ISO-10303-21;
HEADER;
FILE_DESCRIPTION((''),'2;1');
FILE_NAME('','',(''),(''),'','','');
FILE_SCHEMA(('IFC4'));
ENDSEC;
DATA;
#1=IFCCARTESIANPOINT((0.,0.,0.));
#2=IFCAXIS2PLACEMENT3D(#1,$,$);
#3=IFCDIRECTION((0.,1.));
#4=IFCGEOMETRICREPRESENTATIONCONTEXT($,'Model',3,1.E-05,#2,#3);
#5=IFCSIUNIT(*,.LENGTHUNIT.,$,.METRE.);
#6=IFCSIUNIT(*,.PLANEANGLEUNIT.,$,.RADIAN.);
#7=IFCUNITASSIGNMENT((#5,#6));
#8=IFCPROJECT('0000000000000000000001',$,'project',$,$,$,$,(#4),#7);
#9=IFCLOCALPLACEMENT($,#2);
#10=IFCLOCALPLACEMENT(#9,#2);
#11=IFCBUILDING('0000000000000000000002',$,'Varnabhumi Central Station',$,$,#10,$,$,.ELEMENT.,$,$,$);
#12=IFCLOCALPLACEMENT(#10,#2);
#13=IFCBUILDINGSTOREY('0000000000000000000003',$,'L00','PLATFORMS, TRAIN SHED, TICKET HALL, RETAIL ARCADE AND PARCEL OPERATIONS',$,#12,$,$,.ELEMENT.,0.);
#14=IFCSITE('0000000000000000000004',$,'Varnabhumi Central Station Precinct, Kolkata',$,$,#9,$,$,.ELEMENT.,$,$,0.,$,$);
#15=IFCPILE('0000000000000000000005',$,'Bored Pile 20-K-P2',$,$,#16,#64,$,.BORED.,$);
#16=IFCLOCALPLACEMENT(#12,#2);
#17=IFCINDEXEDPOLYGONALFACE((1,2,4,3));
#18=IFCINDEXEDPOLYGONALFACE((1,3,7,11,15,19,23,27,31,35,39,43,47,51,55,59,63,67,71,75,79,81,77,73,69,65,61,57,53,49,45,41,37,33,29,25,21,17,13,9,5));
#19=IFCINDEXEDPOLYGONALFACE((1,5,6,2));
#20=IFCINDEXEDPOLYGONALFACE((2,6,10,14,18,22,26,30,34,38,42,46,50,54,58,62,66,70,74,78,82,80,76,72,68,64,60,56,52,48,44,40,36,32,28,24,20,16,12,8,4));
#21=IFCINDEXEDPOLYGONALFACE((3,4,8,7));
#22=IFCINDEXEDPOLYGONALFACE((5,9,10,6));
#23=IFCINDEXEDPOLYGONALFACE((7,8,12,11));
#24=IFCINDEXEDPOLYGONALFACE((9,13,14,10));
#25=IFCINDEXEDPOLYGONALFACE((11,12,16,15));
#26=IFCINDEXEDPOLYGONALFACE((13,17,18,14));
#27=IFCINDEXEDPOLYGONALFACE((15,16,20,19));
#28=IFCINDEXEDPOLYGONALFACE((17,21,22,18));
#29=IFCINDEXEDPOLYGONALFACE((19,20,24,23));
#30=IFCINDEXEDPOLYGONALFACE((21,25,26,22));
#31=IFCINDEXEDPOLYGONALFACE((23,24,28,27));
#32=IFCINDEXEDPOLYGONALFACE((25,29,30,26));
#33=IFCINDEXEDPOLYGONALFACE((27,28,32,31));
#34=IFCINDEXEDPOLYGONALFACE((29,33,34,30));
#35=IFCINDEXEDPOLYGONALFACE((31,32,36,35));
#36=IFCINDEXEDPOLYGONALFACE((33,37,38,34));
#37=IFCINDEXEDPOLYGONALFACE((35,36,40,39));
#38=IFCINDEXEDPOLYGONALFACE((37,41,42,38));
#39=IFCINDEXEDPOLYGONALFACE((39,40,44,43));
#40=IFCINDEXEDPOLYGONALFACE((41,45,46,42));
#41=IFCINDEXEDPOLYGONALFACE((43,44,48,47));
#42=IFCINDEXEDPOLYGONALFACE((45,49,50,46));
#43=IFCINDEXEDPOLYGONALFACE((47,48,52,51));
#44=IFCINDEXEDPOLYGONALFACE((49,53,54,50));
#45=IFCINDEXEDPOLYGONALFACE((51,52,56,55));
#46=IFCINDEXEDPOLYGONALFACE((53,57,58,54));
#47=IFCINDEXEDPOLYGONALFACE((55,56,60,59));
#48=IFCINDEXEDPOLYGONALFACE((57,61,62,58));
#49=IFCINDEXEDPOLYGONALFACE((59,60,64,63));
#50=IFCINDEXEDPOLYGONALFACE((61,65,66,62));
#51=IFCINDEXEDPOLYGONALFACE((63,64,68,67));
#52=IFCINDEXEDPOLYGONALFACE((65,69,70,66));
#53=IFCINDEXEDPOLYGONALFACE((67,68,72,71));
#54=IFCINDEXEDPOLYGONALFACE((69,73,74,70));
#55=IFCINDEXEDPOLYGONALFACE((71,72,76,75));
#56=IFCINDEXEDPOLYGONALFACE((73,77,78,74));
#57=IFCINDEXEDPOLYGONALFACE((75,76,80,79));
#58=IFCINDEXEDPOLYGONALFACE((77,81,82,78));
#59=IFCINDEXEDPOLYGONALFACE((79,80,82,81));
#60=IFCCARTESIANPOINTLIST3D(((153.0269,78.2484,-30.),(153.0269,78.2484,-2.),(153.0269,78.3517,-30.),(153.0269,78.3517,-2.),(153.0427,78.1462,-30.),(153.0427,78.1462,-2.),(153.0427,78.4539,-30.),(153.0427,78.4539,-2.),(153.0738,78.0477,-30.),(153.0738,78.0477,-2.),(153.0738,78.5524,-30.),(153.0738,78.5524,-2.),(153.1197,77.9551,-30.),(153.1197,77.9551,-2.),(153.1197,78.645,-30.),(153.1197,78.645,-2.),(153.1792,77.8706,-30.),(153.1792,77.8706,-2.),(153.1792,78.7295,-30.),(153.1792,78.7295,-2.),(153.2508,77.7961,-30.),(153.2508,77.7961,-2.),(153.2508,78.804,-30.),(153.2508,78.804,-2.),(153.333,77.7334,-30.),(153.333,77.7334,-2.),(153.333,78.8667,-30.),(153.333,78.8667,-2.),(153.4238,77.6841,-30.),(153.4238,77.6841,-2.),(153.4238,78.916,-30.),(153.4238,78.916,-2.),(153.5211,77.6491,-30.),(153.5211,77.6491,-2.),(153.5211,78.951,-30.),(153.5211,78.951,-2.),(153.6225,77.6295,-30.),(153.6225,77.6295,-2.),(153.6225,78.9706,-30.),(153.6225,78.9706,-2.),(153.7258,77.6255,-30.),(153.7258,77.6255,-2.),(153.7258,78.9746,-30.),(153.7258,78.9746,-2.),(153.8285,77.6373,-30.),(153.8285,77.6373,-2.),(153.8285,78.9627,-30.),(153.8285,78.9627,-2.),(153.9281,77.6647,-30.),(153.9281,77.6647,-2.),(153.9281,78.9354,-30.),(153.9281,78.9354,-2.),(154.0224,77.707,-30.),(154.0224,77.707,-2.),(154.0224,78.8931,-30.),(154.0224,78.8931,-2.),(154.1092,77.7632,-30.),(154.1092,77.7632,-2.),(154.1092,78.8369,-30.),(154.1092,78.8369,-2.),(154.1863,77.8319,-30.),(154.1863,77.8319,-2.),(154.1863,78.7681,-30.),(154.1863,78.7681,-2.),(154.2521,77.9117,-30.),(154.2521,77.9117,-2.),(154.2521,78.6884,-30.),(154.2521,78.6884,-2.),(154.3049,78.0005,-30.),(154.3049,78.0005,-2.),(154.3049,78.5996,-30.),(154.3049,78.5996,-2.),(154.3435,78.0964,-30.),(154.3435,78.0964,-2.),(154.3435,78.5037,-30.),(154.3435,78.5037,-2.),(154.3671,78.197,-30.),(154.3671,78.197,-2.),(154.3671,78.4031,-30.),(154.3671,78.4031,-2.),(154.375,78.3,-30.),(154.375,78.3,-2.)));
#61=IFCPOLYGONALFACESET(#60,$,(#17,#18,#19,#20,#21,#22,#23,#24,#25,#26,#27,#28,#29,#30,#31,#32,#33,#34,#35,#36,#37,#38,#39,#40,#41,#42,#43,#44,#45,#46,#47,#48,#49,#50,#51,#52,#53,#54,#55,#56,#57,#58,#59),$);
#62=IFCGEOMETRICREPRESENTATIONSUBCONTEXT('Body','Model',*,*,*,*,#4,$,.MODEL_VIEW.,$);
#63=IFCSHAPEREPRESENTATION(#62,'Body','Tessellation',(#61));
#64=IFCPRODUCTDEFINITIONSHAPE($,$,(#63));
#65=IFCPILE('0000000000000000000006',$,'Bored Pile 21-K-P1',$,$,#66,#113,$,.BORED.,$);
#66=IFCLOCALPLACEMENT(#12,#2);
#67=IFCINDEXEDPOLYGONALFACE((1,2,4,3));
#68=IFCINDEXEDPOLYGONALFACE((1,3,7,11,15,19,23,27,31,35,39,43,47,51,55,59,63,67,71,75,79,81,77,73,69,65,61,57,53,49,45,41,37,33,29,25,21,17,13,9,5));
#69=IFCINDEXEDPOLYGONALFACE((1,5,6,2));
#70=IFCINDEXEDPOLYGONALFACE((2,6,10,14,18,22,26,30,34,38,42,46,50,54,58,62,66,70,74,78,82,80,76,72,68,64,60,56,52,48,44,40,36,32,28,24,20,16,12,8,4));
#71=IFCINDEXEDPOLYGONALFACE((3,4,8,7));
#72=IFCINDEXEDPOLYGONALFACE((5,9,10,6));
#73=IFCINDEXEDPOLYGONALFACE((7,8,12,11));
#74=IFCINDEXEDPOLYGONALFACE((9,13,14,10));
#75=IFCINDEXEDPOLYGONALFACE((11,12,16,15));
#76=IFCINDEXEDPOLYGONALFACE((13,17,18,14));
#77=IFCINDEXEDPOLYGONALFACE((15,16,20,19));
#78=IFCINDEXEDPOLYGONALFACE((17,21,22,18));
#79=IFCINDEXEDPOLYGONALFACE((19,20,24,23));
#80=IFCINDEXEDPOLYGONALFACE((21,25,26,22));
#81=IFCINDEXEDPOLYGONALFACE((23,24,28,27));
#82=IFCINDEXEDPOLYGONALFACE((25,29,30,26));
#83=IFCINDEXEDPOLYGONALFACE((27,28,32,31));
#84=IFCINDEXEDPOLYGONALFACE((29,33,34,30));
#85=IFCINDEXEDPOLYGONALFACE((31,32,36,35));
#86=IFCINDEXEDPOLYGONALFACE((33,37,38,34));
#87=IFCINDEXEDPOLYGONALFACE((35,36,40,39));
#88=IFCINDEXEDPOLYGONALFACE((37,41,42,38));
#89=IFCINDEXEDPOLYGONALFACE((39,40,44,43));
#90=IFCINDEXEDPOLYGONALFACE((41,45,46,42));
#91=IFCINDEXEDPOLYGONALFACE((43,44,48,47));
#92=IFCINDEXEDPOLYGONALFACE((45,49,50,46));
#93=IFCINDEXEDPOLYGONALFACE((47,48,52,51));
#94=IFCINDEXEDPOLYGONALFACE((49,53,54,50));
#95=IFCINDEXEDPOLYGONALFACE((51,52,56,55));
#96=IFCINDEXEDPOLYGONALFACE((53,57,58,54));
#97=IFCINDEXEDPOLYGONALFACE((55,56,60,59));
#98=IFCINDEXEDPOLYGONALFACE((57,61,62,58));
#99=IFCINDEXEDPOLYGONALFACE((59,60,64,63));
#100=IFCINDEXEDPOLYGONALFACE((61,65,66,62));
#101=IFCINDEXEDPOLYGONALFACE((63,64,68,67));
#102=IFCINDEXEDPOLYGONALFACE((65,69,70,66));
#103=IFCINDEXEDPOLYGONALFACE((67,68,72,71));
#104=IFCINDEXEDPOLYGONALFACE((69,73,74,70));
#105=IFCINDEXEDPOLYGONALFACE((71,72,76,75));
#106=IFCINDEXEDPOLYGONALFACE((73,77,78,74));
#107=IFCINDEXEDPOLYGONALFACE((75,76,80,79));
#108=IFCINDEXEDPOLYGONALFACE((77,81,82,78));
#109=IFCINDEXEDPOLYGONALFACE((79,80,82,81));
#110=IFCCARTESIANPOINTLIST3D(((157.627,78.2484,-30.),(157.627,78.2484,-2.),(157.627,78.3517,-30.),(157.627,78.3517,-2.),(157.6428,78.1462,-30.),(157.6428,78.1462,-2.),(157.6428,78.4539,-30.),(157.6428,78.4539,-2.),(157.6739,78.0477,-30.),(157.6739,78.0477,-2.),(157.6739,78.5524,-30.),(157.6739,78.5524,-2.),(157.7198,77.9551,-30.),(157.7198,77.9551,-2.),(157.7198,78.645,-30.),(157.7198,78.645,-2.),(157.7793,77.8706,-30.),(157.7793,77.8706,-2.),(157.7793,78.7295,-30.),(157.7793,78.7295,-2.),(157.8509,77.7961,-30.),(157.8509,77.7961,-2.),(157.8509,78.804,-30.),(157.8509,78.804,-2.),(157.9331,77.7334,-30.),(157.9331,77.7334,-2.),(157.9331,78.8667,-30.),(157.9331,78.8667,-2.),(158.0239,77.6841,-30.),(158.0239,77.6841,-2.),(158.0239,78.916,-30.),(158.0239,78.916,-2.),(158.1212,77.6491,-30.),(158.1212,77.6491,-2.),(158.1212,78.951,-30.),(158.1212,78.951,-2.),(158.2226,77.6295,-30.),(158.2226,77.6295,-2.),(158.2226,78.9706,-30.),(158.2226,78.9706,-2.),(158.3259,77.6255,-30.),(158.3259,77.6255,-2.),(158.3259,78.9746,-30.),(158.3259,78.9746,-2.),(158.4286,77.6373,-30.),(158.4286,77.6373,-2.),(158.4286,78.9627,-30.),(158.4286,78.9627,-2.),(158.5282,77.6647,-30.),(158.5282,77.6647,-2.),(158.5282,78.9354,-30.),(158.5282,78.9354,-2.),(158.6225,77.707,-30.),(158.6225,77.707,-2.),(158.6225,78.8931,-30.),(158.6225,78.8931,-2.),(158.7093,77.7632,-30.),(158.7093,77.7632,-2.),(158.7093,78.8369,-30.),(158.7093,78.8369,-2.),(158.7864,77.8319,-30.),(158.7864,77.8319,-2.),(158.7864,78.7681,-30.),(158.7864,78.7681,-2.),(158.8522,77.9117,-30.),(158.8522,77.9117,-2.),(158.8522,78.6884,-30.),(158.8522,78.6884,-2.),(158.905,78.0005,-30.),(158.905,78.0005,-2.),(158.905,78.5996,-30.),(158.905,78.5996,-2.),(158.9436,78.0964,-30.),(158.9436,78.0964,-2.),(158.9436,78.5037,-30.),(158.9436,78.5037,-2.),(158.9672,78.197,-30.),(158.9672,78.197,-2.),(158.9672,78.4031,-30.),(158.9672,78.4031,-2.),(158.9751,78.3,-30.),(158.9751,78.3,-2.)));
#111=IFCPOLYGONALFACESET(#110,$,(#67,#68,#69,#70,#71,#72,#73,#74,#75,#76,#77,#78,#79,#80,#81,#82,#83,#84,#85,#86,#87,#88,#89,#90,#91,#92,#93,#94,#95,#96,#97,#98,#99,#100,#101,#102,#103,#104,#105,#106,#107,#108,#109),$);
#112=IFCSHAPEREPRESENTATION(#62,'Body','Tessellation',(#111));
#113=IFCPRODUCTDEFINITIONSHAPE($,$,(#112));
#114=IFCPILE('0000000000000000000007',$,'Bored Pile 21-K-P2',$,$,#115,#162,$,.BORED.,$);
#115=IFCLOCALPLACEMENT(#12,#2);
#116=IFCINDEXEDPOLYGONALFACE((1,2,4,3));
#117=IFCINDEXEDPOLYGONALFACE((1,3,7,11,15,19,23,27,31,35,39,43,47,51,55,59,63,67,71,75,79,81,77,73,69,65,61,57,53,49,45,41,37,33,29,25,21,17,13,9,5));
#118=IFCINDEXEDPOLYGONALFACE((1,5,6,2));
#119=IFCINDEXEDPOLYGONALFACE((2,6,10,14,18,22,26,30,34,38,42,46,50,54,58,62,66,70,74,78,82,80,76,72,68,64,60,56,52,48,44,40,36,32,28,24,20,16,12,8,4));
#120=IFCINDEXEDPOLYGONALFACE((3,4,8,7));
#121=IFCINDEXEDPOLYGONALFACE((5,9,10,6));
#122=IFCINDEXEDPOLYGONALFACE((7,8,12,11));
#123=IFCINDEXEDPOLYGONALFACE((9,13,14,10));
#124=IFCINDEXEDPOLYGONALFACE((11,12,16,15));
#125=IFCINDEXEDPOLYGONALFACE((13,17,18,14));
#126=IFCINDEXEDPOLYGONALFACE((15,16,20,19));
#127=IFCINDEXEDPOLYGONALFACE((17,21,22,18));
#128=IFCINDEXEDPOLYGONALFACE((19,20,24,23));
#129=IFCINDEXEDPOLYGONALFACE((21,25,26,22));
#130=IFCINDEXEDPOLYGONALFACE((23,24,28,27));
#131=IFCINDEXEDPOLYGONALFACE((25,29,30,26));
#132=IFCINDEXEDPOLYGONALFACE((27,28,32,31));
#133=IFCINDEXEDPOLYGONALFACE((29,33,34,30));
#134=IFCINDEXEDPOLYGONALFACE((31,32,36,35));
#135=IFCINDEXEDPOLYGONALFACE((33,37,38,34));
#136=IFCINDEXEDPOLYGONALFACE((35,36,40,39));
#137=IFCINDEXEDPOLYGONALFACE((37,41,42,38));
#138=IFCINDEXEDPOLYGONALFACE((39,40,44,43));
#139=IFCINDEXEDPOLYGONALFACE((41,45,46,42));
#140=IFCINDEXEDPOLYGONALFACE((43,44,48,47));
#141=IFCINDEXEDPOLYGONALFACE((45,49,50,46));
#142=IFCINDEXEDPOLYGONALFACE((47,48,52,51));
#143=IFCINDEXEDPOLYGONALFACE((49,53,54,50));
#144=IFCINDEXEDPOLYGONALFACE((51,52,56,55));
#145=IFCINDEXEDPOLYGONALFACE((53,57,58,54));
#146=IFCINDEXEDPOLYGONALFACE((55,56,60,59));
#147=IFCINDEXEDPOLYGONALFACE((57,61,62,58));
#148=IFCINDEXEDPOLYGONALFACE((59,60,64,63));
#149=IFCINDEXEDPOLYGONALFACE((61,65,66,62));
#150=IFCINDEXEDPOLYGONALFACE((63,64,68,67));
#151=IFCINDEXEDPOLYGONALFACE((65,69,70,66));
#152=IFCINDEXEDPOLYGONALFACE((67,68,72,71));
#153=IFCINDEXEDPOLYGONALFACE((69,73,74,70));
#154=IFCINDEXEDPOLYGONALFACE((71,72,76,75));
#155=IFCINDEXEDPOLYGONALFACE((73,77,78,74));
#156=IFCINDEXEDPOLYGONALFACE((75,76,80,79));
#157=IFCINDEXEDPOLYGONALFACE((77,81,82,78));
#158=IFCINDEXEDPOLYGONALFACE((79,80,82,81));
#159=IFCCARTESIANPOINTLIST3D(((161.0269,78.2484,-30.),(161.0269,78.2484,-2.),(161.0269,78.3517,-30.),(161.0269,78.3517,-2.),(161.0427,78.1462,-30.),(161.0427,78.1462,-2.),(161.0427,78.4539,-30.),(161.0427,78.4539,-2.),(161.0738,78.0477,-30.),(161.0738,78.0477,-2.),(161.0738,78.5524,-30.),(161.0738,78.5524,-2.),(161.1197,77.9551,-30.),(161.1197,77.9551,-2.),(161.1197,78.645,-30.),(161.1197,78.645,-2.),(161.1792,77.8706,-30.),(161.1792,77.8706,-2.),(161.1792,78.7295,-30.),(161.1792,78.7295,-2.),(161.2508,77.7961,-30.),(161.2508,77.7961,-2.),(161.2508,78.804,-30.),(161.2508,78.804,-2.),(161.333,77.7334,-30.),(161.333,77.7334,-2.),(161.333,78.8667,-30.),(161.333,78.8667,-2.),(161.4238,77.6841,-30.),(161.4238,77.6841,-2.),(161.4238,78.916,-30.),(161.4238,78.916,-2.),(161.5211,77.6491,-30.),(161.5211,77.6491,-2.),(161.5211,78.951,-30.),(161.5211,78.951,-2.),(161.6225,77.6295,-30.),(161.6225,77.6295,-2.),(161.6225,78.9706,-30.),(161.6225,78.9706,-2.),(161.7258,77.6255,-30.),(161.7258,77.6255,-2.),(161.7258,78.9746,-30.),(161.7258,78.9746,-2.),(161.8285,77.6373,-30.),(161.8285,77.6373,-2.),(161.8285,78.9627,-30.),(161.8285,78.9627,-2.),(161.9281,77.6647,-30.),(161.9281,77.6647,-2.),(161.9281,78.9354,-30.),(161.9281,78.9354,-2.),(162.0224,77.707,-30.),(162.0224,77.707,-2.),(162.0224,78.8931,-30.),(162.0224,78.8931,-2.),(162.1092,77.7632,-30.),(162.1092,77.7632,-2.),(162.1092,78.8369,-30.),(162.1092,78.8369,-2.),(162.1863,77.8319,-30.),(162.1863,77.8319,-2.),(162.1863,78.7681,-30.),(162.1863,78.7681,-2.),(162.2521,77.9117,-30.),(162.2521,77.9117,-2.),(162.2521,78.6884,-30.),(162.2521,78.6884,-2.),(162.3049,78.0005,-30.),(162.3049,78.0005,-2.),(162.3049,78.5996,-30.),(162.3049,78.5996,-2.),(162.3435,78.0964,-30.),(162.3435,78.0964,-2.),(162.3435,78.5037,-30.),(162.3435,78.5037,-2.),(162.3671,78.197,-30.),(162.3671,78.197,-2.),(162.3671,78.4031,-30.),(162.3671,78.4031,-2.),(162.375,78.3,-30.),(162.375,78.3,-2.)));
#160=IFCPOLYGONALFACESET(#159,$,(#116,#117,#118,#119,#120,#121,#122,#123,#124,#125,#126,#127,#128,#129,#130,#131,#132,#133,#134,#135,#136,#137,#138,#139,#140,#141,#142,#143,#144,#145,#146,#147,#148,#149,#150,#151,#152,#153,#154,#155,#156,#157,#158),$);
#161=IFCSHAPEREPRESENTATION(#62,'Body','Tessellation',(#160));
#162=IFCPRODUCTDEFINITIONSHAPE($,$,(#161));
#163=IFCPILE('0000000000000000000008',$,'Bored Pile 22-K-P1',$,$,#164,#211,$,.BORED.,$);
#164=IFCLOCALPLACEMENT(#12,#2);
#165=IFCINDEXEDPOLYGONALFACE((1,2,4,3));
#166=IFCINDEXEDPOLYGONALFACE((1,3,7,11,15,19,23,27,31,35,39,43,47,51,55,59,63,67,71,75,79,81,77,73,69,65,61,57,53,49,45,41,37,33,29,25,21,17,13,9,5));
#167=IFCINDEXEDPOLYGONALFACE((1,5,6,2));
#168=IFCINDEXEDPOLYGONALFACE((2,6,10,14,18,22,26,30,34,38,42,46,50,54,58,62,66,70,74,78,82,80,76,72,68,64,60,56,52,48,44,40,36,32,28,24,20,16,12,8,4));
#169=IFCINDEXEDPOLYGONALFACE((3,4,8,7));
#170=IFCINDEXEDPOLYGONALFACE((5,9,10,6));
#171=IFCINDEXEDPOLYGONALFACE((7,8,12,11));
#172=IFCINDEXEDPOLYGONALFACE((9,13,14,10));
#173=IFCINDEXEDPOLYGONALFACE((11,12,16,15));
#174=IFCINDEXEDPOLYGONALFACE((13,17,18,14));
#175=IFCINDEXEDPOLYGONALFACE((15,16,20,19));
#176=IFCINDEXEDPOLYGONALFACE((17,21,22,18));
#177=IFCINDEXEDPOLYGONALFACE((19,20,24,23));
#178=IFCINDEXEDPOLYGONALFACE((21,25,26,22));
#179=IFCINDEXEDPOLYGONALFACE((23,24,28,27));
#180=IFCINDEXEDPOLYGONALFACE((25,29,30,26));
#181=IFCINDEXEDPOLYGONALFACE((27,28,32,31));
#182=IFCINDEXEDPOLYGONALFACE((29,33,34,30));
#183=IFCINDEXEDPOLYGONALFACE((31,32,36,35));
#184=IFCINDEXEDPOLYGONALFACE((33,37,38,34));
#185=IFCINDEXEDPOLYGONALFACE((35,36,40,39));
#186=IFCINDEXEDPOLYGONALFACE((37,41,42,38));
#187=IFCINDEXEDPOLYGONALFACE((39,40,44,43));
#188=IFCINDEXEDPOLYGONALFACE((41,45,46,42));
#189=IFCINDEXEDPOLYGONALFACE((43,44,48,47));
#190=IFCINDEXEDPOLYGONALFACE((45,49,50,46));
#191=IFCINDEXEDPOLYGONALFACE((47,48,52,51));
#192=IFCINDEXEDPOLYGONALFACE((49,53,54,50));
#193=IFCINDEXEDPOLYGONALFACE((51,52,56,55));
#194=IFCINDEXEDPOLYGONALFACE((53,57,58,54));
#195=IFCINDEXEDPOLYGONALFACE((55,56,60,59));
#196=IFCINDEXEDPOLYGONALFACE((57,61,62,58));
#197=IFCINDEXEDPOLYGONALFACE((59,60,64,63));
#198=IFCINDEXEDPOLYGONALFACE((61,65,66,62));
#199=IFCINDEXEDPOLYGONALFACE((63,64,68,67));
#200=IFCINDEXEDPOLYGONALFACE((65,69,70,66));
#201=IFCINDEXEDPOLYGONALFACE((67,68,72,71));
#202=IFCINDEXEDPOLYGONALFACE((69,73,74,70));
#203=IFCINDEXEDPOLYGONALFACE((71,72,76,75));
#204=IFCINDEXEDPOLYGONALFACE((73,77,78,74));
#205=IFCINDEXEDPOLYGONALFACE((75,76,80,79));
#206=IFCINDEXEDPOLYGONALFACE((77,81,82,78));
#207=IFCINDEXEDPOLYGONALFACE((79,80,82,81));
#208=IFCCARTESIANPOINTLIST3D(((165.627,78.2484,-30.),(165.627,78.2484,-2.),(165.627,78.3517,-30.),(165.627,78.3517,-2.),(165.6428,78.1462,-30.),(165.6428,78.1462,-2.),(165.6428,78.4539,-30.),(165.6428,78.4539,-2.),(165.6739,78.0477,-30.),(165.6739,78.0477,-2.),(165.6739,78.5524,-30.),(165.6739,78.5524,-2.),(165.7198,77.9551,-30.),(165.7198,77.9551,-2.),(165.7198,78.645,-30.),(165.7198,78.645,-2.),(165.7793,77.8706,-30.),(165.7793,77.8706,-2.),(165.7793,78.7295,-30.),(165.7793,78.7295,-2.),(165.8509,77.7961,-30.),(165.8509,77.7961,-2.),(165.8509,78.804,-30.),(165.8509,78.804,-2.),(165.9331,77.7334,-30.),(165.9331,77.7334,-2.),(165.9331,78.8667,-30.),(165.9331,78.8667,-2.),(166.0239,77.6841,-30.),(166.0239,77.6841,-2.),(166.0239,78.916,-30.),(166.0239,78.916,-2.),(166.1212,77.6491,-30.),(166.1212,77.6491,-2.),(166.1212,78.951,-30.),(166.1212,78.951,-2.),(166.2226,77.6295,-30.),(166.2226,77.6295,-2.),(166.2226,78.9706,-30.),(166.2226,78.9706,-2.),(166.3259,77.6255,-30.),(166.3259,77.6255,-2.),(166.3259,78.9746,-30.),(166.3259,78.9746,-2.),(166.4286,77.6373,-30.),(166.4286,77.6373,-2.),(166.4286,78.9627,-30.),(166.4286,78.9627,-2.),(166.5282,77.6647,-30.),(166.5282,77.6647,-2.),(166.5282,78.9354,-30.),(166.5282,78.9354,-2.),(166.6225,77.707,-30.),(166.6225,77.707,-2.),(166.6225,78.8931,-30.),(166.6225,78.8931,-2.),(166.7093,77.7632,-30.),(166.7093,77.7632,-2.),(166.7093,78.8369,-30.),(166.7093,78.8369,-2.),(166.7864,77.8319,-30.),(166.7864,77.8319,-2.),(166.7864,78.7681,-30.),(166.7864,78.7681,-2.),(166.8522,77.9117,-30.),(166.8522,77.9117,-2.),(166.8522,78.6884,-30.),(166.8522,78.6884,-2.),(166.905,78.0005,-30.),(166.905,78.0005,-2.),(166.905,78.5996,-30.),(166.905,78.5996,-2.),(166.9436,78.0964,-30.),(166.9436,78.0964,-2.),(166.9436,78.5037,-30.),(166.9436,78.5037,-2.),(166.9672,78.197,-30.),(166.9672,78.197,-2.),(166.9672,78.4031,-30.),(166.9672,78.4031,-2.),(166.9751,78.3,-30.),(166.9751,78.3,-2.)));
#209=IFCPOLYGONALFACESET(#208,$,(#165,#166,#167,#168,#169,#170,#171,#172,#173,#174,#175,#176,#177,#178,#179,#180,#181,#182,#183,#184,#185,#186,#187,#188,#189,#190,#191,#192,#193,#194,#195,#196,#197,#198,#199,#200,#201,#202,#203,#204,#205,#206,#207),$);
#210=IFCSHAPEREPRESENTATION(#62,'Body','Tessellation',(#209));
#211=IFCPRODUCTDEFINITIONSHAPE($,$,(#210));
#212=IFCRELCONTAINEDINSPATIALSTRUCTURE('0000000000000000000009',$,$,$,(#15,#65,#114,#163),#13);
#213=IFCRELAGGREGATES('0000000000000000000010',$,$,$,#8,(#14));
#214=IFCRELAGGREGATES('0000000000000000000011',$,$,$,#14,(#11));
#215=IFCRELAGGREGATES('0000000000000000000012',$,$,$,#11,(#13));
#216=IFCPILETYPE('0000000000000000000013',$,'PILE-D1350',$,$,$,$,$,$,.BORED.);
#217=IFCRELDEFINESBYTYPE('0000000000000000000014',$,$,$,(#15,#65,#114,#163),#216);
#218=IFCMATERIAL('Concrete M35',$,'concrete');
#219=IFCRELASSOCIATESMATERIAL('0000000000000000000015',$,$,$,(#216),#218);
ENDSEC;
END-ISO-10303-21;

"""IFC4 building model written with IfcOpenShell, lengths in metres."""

from ifc_helpers import new_model, si_unit, direction, frame, origin, origin_2d, place, context, subcontext, project, spatial, circle, extrude, material, material_profile, profile_set, type_object, element, save


model = new_model("IFC4")

# Units and contexts
model_context = context("Model", 3, precision=1e-05, world=origin(), true_north=direction((0.0, 1.0)))
body_context = subcontext(model_context, "Body", "Model", "MODEL_VIEW")
ifc_project = project(units=[si_unit("LENGTHUNIT", "METRE"), si_unit("PLANEANGLEUNIT", "RADIAN")], contexts=[model_context])

# Site, building, storey
site_placement = place(None, origin())
site = spatial("IfcSite", under=ifc_project, at=site_placement, Name="Varnabhumi Central Station Precinct, Kolkata", CompositionType="ELEMENT", RefElevation=0.0)
building_placement = place(site_placement, origin())
building = spatial("IfcBuilding", under=site, at=building_placement, Name="Varnabhumi Central Station", CompositionType="ELEMENT")
storey_placement = place(building_placement, origin())
storey = spatial("IfcBuildingStorey", under=building, at=storey_placement, Name="L00", Description="PLATFORMS, TRAIN SHED, TICKET HALL, RETAIL ARCADE AND PARCEL OPERATIONS", CompositionType="ELEMENT", Elevation=0.0)

# Piles
ifc_material_1 = material(Name="Concrete M35", Category="concrete")
ifc_material_profile_1 = material_profile(ifc_material_1, circle(Radius=0.675, at=origin_2d()), Name="Concrete M35", Category="concrete")
ifc_profile_set_1 = profile_set([ifc_material_profile_1], Name="Concrete M35")
pile_type = type_object("IfcPileType", Name="PILE-D1350", PredefinedType="BORED", material=ifc_profile_set_1)
for number, where, z_axis, x_axis, name in (
    (1, (153.7, 78.3, -2.0), (0.0, 0.0, -1.0), (1.0, 0.0, 0.0), "Bored Pile 20-K-P2"),
    (2, (158.3, 78.3, -2.0), (0.0, 0.0, -1.0), (1.0, 0.0, 0.0), "Bored Pile 21-K-P1"),
    (3, (161.7, 78.3, -2.0), (0.0, 0.0, -1.0), (1.0, 0.0, 0.0), "Bored Pile 21-K-P2"),
    (4, (166.3, 78.3, -2.0), (0.0, 0.0, -1.0), (1.0, 0.0, 0.0), "Bored Pile 22-K-P1"),
):
    element("IfcPile", number, at=place(storey_placement, frame(where, z_axis=z_axis, x_axis=x_axis)), inside=storey, type_object=pile_type, Name=name, PredefinedType="BORED", context=body_context, shape_type="SweptSolid", body=[
        extrude(circle(Radius=0.675, at=origin_2d()), origin(), (0.0, 0.0, 1.0), 28.0),
    ])

save(model, "model.ifc")
